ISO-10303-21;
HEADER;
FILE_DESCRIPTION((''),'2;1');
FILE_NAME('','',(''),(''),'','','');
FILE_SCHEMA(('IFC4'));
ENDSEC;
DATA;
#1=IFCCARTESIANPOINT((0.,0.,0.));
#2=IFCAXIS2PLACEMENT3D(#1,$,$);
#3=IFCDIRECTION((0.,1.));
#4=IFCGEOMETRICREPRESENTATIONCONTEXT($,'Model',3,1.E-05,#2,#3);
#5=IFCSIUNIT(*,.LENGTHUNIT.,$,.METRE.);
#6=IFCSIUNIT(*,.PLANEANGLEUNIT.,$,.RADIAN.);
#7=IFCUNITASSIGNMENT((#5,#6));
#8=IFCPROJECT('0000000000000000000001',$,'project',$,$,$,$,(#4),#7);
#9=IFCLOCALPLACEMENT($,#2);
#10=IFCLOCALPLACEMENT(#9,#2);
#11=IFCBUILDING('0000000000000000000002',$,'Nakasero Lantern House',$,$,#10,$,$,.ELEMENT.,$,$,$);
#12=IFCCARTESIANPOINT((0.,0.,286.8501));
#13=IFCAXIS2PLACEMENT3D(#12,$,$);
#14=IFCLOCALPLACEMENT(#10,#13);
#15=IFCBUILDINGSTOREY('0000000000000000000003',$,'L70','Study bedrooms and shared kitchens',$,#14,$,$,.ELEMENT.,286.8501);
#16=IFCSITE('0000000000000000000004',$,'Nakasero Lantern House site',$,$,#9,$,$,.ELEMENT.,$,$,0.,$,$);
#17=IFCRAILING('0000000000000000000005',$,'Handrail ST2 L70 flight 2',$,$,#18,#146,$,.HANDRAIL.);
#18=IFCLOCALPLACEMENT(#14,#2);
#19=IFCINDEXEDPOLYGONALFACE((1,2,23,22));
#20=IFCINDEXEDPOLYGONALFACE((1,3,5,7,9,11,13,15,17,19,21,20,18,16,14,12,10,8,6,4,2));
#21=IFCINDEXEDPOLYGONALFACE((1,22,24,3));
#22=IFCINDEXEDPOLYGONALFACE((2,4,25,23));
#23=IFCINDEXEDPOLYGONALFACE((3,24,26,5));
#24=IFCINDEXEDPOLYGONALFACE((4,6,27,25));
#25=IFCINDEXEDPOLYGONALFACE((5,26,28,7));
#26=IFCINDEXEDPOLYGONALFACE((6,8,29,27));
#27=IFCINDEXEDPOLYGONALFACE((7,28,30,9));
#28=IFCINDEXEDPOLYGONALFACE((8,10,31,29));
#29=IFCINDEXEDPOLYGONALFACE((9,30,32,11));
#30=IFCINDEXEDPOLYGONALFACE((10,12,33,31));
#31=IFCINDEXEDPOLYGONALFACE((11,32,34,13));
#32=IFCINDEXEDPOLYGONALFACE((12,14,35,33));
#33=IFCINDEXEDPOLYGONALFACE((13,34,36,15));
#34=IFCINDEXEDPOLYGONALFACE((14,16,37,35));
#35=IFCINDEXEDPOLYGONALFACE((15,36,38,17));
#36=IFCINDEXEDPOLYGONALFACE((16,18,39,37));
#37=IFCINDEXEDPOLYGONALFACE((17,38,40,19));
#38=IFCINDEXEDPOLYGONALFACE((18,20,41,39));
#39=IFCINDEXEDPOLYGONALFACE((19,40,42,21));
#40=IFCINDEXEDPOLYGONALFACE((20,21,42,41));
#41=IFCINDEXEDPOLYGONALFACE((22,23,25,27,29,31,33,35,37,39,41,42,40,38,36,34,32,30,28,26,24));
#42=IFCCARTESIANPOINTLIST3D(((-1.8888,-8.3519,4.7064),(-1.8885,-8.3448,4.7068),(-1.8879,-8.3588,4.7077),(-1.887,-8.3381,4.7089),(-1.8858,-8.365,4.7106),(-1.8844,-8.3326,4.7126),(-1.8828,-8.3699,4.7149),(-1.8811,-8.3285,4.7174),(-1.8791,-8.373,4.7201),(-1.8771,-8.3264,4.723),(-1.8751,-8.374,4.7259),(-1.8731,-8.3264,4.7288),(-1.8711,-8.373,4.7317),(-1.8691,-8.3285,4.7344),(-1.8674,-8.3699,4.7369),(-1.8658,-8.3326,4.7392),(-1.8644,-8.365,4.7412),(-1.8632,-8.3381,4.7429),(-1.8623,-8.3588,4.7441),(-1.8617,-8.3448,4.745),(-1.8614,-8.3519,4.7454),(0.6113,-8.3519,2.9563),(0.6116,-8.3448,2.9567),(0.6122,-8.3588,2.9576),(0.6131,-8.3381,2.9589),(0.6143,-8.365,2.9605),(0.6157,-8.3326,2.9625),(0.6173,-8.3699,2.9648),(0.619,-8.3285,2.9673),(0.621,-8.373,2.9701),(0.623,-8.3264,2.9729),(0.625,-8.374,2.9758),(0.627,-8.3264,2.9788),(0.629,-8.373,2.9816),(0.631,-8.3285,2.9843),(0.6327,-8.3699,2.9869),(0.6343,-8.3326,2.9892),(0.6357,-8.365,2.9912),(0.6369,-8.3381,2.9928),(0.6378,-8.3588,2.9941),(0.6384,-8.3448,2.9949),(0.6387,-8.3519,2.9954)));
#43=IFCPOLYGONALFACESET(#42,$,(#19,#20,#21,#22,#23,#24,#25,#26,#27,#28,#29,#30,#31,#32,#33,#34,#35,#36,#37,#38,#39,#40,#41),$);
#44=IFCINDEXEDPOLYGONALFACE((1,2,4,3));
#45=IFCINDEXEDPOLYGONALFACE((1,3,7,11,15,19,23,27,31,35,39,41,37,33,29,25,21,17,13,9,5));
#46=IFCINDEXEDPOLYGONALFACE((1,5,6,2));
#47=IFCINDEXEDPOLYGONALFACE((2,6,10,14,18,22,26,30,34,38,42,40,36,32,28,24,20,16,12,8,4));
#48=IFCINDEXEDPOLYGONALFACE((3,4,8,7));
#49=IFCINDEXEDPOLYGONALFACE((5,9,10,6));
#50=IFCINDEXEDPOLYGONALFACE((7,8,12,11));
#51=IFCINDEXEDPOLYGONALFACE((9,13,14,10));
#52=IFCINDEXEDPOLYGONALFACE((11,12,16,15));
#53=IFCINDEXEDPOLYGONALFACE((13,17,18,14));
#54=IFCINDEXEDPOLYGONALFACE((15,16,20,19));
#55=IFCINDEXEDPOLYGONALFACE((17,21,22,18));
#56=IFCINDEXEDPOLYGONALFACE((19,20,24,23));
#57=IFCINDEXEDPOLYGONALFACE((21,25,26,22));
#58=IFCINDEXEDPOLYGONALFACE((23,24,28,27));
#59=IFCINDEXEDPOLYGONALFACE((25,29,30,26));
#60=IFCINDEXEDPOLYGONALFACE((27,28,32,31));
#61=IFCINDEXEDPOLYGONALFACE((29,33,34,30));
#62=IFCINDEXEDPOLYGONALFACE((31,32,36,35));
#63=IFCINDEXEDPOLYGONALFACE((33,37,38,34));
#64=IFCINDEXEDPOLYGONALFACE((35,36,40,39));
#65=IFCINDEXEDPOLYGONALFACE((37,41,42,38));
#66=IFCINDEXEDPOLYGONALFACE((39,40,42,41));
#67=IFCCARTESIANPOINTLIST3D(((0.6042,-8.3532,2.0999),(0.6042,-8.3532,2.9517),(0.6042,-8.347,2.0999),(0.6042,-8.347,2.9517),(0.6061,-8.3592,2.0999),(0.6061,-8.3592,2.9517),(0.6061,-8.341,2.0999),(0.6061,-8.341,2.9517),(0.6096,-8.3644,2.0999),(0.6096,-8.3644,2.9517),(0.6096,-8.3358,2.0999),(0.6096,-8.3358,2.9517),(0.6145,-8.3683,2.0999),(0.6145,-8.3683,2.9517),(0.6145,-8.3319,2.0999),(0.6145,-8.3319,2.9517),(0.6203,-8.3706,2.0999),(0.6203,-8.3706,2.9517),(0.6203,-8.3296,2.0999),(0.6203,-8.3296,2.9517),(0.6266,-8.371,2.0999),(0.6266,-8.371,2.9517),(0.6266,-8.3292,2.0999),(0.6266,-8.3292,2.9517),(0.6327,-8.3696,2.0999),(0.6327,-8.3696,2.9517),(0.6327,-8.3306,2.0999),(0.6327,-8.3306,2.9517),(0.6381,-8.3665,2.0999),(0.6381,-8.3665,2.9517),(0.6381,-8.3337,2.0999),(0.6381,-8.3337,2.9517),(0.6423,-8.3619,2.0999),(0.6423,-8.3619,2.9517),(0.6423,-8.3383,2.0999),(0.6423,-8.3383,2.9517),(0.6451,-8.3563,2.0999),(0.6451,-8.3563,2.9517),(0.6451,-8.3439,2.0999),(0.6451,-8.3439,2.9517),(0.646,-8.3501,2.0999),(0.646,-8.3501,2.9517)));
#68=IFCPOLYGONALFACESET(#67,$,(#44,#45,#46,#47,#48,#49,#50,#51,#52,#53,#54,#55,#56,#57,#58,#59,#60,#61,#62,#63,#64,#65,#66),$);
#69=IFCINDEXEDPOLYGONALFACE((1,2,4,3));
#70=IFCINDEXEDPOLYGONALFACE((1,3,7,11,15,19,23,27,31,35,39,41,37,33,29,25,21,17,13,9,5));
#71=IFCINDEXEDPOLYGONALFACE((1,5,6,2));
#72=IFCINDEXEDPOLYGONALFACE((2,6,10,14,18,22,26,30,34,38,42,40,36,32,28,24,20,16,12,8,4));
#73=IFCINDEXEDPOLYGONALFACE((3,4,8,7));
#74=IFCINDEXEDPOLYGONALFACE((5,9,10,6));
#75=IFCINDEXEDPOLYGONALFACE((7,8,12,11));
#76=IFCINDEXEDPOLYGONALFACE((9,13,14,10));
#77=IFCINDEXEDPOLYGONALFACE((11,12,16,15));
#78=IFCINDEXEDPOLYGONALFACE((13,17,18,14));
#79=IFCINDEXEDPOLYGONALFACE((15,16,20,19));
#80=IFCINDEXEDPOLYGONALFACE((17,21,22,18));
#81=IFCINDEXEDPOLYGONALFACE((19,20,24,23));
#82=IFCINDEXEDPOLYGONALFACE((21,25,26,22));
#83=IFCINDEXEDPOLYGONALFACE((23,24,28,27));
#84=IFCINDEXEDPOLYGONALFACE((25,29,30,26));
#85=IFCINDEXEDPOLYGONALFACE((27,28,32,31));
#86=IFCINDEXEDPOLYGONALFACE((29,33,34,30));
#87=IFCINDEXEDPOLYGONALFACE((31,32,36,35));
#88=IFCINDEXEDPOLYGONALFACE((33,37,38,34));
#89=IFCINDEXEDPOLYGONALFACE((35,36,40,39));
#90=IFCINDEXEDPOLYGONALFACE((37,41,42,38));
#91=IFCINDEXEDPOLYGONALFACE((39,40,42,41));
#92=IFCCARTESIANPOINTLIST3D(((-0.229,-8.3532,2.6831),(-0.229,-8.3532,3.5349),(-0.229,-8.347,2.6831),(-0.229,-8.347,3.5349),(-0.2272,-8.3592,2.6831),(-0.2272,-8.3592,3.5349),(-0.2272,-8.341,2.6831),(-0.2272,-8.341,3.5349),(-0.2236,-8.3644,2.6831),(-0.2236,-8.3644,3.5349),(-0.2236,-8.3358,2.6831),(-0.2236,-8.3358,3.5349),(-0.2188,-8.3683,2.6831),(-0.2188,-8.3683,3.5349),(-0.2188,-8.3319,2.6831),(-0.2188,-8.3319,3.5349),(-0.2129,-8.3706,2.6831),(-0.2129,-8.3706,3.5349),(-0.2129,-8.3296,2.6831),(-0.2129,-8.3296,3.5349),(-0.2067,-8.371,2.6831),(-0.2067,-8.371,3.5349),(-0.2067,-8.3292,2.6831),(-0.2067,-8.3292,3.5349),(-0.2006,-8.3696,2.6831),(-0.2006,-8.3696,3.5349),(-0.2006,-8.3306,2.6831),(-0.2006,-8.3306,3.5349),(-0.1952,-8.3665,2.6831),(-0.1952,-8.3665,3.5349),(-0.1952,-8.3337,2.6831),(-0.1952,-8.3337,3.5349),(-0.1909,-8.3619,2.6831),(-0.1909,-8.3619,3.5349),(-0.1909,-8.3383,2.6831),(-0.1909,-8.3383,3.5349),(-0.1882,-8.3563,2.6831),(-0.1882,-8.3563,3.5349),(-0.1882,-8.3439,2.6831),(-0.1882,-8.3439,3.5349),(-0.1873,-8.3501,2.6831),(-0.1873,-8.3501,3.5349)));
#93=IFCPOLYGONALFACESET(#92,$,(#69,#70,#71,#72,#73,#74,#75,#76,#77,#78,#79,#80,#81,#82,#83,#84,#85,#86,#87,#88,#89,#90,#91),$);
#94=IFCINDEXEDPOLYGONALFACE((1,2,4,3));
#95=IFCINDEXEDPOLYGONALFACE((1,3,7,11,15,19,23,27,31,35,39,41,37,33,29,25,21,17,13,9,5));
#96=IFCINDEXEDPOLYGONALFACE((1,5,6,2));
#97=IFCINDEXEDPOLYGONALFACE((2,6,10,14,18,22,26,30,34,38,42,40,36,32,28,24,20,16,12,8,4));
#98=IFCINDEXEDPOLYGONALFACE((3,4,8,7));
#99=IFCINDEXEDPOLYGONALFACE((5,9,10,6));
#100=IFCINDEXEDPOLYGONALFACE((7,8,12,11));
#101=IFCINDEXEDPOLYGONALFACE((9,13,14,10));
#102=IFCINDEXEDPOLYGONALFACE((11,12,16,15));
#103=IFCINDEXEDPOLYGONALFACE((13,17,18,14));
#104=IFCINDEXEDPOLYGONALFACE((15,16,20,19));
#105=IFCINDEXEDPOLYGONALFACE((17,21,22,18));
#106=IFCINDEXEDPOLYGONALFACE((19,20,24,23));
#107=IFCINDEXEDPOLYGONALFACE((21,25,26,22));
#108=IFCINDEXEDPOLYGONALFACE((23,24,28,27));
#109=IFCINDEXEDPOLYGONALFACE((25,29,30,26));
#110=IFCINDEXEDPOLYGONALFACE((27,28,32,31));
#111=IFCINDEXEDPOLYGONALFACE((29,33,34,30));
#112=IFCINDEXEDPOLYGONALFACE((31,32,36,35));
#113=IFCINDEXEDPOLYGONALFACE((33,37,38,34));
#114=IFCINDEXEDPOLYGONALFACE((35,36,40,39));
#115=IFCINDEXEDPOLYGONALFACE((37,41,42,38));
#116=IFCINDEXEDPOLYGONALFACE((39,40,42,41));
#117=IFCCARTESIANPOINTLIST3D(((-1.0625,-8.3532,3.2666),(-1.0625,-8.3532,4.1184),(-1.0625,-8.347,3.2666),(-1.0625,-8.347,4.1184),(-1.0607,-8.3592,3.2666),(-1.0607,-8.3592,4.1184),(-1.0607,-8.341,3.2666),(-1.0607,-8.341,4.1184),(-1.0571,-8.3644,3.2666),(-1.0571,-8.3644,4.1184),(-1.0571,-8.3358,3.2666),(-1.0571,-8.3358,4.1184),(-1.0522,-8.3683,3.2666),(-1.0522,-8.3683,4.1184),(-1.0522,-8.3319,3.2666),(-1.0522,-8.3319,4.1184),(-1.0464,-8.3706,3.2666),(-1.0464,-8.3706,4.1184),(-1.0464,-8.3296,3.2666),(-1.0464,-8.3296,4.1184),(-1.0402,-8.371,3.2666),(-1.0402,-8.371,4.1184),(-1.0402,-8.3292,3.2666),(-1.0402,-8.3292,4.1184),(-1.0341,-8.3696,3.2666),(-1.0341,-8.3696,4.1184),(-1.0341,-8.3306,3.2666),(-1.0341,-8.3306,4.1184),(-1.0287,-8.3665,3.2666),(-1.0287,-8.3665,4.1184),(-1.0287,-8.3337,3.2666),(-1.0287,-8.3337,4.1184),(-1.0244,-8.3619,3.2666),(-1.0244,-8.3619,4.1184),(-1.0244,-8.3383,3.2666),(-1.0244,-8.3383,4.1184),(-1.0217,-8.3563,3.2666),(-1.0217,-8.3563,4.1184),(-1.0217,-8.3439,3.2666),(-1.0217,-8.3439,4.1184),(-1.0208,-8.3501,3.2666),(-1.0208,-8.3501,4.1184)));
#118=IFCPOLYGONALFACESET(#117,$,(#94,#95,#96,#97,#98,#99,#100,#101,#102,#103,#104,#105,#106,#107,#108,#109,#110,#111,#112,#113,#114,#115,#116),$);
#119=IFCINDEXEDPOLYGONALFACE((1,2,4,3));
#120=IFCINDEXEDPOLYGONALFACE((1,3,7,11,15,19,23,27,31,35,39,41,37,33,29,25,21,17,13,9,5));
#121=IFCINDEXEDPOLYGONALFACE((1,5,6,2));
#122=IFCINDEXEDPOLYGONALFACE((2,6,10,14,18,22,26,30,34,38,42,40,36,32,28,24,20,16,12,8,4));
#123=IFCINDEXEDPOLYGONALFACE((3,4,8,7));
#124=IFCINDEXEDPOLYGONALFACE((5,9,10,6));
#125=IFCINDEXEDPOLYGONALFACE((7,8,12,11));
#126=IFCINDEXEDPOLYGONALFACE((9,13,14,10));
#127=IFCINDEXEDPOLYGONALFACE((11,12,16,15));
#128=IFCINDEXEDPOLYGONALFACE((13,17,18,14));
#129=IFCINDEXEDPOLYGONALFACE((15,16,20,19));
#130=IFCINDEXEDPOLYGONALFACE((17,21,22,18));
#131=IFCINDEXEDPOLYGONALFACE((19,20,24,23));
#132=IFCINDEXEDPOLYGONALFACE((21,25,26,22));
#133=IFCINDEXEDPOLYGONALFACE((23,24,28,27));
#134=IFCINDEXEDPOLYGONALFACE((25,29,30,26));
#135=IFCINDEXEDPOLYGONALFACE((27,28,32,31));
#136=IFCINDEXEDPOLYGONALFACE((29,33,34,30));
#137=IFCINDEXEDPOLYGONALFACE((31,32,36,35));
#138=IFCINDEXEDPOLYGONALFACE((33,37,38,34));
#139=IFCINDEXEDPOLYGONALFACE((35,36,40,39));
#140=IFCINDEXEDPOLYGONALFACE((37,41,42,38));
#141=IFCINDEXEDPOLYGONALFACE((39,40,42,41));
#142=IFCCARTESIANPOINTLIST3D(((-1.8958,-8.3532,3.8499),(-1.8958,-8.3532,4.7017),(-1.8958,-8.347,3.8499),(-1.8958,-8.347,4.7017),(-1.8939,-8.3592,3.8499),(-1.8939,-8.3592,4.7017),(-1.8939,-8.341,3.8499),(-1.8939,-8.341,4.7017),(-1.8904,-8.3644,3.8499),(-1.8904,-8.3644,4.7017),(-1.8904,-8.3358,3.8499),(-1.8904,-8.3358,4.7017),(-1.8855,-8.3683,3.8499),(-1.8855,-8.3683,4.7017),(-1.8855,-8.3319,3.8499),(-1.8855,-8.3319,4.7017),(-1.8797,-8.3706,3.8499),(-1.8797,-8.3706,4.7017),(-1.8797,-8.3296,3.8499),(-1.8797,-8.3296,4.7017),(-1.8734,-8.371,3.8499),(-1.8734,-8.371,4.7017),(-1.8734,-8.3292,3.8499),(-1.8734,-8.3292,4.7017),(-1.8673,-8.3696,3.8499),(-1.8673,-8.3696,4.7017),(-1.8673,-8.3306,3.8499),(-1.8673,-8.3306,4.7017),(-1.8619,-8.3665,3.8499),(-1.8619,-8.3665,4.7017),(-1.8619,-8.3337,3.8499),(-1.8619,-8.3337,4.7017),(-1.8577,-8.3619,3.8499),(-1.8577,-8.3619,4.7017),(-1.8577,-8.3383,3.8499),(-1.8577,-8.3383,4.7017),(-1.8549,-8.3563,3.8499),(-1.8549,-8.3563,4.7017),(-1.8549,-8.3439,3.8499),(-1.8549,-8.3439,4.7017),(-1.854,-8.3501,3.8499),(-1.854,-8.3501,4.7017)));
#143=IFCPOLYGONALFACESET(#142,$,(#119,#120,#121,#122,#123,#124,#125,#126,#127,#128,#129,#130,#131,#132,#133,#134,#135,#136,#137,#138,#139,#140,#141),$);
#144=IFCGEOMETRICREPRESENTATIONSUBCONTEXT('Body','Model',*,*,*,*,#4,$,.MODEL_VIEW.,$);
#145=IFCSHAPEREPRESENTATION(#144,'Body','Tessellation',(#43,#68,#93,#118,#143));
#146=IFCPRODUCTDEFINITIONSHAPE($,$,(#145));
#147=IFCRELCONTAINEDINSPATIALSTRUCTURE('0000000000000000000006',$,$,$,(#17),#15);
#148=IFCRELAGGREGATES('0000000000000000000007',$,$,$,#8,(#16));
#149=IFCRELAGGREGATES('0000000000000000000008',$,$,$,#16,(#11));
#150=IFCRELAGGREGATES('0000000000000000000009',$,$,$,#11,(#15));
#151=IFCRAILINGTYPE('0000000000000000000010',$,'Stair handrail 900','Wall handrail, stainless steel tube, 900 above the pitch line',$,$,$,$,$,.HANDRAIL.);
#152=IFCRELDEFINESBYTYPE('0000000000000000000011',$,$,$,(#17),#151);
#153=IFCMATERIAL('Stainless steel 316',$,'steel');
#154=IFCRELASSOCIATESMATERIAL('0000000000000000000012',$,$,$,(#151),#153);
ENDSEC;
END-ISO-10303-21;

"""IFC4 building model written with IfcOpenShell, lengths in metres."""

from ifc_helpers import new_model, si_unit, direction, frame, origin, origin_2d, place, context, subcontext, project, spatial, circle, extrude, material, type_object, element, save


model = new_model("IFC4")

# Units and contexts
model_context = context("Model", 3, precision=1e-05, world=origin(), true_north=direction((0.0, 1.0)))
body_context = subcontext(model_context, "Body", "Model", "MODEL_VIEW")
ifc_project = project(units=[si_unit("LENGTHUNIT", "METRE"), si_unit("PLANEANGLEUNIT", "RADIAN")], contexts=[model_context])

# Site, building, storey
site_placement = place(None, origin())
site = spatial("IfcSite", under=ifc_project, at=site_placement, Name="Nakasero Lantern House site", CompositionType="ELEMENT", RefElevation=0.0)
building_placement = place(site_placement, origin())
building = spatial("IfcBuilding", under=site, at=building_placement, Name="Nakasero Lantern House", CompositionType="ELEMENT")
storey_placement = place(building_placement, frame((0.0, 0.0, 286.8501)))
storey = spatial("IfcBuildingStorey", under=building, at=storey_placement, Name="L70", Description="Study bedrooms and shared kitchens", CompositionType="ELEMENT", Elevation=286.8501)

# Railing
ifc_material_1 = material(Name="Stainless steel 316", Category="steel")
railing_type = type_object("IfcRailingType", Name="Stair handrail 900", Description="Wall handrail, stainless steel tube, 900 above the pitch line", PredefinedType="HANDRAIL", material=ifc_material_1)
railing_placement = place(storey_placement, frame((0.625, -8.3501, 2.0999)))
element("IfcRailing", 1, at=railing_placement, inside=storey, type_object=railing_type, Name="Handrail ST2 L70 flight 2", PredefinedType="HANDRAIL", context=body_context, shape_type="SweptSolid", body=[
    extrude(circle(Radius=0.0239, at=origin_2d()), frame((0.0, 0.0, 0.876), z_axis=(-0.819232, 0.0, 0.573462), x_axis=(0.0, -1.0, 0.0)), (0.0, 0.0, 1.0), 3.0518),
    extrude(circle(Radius=0.021, at=origin_2d()), origin(), (0.0, 0.0, 1.0), 0.8518),
    extrude(circle(Radius=0.021, at=origin_2d()), frame((-0.8333, 0.0, 0.5833)), (0.0, 0.0, 1.0), 0.8518),
    extrude(circle(Radius=0.021, at=origin_2d()), frame((-1.6667, 0.0, 1.1667)), (0.0, 0.0, 1.0), 0.8518),
    extrude(circle(Radius=0.021, at=origin_2d()), frame((-2.5, 0.0, 1.75)), (0.0, 0.0, 1.0), 0.8518),
])

save(model, "model.ifc")
